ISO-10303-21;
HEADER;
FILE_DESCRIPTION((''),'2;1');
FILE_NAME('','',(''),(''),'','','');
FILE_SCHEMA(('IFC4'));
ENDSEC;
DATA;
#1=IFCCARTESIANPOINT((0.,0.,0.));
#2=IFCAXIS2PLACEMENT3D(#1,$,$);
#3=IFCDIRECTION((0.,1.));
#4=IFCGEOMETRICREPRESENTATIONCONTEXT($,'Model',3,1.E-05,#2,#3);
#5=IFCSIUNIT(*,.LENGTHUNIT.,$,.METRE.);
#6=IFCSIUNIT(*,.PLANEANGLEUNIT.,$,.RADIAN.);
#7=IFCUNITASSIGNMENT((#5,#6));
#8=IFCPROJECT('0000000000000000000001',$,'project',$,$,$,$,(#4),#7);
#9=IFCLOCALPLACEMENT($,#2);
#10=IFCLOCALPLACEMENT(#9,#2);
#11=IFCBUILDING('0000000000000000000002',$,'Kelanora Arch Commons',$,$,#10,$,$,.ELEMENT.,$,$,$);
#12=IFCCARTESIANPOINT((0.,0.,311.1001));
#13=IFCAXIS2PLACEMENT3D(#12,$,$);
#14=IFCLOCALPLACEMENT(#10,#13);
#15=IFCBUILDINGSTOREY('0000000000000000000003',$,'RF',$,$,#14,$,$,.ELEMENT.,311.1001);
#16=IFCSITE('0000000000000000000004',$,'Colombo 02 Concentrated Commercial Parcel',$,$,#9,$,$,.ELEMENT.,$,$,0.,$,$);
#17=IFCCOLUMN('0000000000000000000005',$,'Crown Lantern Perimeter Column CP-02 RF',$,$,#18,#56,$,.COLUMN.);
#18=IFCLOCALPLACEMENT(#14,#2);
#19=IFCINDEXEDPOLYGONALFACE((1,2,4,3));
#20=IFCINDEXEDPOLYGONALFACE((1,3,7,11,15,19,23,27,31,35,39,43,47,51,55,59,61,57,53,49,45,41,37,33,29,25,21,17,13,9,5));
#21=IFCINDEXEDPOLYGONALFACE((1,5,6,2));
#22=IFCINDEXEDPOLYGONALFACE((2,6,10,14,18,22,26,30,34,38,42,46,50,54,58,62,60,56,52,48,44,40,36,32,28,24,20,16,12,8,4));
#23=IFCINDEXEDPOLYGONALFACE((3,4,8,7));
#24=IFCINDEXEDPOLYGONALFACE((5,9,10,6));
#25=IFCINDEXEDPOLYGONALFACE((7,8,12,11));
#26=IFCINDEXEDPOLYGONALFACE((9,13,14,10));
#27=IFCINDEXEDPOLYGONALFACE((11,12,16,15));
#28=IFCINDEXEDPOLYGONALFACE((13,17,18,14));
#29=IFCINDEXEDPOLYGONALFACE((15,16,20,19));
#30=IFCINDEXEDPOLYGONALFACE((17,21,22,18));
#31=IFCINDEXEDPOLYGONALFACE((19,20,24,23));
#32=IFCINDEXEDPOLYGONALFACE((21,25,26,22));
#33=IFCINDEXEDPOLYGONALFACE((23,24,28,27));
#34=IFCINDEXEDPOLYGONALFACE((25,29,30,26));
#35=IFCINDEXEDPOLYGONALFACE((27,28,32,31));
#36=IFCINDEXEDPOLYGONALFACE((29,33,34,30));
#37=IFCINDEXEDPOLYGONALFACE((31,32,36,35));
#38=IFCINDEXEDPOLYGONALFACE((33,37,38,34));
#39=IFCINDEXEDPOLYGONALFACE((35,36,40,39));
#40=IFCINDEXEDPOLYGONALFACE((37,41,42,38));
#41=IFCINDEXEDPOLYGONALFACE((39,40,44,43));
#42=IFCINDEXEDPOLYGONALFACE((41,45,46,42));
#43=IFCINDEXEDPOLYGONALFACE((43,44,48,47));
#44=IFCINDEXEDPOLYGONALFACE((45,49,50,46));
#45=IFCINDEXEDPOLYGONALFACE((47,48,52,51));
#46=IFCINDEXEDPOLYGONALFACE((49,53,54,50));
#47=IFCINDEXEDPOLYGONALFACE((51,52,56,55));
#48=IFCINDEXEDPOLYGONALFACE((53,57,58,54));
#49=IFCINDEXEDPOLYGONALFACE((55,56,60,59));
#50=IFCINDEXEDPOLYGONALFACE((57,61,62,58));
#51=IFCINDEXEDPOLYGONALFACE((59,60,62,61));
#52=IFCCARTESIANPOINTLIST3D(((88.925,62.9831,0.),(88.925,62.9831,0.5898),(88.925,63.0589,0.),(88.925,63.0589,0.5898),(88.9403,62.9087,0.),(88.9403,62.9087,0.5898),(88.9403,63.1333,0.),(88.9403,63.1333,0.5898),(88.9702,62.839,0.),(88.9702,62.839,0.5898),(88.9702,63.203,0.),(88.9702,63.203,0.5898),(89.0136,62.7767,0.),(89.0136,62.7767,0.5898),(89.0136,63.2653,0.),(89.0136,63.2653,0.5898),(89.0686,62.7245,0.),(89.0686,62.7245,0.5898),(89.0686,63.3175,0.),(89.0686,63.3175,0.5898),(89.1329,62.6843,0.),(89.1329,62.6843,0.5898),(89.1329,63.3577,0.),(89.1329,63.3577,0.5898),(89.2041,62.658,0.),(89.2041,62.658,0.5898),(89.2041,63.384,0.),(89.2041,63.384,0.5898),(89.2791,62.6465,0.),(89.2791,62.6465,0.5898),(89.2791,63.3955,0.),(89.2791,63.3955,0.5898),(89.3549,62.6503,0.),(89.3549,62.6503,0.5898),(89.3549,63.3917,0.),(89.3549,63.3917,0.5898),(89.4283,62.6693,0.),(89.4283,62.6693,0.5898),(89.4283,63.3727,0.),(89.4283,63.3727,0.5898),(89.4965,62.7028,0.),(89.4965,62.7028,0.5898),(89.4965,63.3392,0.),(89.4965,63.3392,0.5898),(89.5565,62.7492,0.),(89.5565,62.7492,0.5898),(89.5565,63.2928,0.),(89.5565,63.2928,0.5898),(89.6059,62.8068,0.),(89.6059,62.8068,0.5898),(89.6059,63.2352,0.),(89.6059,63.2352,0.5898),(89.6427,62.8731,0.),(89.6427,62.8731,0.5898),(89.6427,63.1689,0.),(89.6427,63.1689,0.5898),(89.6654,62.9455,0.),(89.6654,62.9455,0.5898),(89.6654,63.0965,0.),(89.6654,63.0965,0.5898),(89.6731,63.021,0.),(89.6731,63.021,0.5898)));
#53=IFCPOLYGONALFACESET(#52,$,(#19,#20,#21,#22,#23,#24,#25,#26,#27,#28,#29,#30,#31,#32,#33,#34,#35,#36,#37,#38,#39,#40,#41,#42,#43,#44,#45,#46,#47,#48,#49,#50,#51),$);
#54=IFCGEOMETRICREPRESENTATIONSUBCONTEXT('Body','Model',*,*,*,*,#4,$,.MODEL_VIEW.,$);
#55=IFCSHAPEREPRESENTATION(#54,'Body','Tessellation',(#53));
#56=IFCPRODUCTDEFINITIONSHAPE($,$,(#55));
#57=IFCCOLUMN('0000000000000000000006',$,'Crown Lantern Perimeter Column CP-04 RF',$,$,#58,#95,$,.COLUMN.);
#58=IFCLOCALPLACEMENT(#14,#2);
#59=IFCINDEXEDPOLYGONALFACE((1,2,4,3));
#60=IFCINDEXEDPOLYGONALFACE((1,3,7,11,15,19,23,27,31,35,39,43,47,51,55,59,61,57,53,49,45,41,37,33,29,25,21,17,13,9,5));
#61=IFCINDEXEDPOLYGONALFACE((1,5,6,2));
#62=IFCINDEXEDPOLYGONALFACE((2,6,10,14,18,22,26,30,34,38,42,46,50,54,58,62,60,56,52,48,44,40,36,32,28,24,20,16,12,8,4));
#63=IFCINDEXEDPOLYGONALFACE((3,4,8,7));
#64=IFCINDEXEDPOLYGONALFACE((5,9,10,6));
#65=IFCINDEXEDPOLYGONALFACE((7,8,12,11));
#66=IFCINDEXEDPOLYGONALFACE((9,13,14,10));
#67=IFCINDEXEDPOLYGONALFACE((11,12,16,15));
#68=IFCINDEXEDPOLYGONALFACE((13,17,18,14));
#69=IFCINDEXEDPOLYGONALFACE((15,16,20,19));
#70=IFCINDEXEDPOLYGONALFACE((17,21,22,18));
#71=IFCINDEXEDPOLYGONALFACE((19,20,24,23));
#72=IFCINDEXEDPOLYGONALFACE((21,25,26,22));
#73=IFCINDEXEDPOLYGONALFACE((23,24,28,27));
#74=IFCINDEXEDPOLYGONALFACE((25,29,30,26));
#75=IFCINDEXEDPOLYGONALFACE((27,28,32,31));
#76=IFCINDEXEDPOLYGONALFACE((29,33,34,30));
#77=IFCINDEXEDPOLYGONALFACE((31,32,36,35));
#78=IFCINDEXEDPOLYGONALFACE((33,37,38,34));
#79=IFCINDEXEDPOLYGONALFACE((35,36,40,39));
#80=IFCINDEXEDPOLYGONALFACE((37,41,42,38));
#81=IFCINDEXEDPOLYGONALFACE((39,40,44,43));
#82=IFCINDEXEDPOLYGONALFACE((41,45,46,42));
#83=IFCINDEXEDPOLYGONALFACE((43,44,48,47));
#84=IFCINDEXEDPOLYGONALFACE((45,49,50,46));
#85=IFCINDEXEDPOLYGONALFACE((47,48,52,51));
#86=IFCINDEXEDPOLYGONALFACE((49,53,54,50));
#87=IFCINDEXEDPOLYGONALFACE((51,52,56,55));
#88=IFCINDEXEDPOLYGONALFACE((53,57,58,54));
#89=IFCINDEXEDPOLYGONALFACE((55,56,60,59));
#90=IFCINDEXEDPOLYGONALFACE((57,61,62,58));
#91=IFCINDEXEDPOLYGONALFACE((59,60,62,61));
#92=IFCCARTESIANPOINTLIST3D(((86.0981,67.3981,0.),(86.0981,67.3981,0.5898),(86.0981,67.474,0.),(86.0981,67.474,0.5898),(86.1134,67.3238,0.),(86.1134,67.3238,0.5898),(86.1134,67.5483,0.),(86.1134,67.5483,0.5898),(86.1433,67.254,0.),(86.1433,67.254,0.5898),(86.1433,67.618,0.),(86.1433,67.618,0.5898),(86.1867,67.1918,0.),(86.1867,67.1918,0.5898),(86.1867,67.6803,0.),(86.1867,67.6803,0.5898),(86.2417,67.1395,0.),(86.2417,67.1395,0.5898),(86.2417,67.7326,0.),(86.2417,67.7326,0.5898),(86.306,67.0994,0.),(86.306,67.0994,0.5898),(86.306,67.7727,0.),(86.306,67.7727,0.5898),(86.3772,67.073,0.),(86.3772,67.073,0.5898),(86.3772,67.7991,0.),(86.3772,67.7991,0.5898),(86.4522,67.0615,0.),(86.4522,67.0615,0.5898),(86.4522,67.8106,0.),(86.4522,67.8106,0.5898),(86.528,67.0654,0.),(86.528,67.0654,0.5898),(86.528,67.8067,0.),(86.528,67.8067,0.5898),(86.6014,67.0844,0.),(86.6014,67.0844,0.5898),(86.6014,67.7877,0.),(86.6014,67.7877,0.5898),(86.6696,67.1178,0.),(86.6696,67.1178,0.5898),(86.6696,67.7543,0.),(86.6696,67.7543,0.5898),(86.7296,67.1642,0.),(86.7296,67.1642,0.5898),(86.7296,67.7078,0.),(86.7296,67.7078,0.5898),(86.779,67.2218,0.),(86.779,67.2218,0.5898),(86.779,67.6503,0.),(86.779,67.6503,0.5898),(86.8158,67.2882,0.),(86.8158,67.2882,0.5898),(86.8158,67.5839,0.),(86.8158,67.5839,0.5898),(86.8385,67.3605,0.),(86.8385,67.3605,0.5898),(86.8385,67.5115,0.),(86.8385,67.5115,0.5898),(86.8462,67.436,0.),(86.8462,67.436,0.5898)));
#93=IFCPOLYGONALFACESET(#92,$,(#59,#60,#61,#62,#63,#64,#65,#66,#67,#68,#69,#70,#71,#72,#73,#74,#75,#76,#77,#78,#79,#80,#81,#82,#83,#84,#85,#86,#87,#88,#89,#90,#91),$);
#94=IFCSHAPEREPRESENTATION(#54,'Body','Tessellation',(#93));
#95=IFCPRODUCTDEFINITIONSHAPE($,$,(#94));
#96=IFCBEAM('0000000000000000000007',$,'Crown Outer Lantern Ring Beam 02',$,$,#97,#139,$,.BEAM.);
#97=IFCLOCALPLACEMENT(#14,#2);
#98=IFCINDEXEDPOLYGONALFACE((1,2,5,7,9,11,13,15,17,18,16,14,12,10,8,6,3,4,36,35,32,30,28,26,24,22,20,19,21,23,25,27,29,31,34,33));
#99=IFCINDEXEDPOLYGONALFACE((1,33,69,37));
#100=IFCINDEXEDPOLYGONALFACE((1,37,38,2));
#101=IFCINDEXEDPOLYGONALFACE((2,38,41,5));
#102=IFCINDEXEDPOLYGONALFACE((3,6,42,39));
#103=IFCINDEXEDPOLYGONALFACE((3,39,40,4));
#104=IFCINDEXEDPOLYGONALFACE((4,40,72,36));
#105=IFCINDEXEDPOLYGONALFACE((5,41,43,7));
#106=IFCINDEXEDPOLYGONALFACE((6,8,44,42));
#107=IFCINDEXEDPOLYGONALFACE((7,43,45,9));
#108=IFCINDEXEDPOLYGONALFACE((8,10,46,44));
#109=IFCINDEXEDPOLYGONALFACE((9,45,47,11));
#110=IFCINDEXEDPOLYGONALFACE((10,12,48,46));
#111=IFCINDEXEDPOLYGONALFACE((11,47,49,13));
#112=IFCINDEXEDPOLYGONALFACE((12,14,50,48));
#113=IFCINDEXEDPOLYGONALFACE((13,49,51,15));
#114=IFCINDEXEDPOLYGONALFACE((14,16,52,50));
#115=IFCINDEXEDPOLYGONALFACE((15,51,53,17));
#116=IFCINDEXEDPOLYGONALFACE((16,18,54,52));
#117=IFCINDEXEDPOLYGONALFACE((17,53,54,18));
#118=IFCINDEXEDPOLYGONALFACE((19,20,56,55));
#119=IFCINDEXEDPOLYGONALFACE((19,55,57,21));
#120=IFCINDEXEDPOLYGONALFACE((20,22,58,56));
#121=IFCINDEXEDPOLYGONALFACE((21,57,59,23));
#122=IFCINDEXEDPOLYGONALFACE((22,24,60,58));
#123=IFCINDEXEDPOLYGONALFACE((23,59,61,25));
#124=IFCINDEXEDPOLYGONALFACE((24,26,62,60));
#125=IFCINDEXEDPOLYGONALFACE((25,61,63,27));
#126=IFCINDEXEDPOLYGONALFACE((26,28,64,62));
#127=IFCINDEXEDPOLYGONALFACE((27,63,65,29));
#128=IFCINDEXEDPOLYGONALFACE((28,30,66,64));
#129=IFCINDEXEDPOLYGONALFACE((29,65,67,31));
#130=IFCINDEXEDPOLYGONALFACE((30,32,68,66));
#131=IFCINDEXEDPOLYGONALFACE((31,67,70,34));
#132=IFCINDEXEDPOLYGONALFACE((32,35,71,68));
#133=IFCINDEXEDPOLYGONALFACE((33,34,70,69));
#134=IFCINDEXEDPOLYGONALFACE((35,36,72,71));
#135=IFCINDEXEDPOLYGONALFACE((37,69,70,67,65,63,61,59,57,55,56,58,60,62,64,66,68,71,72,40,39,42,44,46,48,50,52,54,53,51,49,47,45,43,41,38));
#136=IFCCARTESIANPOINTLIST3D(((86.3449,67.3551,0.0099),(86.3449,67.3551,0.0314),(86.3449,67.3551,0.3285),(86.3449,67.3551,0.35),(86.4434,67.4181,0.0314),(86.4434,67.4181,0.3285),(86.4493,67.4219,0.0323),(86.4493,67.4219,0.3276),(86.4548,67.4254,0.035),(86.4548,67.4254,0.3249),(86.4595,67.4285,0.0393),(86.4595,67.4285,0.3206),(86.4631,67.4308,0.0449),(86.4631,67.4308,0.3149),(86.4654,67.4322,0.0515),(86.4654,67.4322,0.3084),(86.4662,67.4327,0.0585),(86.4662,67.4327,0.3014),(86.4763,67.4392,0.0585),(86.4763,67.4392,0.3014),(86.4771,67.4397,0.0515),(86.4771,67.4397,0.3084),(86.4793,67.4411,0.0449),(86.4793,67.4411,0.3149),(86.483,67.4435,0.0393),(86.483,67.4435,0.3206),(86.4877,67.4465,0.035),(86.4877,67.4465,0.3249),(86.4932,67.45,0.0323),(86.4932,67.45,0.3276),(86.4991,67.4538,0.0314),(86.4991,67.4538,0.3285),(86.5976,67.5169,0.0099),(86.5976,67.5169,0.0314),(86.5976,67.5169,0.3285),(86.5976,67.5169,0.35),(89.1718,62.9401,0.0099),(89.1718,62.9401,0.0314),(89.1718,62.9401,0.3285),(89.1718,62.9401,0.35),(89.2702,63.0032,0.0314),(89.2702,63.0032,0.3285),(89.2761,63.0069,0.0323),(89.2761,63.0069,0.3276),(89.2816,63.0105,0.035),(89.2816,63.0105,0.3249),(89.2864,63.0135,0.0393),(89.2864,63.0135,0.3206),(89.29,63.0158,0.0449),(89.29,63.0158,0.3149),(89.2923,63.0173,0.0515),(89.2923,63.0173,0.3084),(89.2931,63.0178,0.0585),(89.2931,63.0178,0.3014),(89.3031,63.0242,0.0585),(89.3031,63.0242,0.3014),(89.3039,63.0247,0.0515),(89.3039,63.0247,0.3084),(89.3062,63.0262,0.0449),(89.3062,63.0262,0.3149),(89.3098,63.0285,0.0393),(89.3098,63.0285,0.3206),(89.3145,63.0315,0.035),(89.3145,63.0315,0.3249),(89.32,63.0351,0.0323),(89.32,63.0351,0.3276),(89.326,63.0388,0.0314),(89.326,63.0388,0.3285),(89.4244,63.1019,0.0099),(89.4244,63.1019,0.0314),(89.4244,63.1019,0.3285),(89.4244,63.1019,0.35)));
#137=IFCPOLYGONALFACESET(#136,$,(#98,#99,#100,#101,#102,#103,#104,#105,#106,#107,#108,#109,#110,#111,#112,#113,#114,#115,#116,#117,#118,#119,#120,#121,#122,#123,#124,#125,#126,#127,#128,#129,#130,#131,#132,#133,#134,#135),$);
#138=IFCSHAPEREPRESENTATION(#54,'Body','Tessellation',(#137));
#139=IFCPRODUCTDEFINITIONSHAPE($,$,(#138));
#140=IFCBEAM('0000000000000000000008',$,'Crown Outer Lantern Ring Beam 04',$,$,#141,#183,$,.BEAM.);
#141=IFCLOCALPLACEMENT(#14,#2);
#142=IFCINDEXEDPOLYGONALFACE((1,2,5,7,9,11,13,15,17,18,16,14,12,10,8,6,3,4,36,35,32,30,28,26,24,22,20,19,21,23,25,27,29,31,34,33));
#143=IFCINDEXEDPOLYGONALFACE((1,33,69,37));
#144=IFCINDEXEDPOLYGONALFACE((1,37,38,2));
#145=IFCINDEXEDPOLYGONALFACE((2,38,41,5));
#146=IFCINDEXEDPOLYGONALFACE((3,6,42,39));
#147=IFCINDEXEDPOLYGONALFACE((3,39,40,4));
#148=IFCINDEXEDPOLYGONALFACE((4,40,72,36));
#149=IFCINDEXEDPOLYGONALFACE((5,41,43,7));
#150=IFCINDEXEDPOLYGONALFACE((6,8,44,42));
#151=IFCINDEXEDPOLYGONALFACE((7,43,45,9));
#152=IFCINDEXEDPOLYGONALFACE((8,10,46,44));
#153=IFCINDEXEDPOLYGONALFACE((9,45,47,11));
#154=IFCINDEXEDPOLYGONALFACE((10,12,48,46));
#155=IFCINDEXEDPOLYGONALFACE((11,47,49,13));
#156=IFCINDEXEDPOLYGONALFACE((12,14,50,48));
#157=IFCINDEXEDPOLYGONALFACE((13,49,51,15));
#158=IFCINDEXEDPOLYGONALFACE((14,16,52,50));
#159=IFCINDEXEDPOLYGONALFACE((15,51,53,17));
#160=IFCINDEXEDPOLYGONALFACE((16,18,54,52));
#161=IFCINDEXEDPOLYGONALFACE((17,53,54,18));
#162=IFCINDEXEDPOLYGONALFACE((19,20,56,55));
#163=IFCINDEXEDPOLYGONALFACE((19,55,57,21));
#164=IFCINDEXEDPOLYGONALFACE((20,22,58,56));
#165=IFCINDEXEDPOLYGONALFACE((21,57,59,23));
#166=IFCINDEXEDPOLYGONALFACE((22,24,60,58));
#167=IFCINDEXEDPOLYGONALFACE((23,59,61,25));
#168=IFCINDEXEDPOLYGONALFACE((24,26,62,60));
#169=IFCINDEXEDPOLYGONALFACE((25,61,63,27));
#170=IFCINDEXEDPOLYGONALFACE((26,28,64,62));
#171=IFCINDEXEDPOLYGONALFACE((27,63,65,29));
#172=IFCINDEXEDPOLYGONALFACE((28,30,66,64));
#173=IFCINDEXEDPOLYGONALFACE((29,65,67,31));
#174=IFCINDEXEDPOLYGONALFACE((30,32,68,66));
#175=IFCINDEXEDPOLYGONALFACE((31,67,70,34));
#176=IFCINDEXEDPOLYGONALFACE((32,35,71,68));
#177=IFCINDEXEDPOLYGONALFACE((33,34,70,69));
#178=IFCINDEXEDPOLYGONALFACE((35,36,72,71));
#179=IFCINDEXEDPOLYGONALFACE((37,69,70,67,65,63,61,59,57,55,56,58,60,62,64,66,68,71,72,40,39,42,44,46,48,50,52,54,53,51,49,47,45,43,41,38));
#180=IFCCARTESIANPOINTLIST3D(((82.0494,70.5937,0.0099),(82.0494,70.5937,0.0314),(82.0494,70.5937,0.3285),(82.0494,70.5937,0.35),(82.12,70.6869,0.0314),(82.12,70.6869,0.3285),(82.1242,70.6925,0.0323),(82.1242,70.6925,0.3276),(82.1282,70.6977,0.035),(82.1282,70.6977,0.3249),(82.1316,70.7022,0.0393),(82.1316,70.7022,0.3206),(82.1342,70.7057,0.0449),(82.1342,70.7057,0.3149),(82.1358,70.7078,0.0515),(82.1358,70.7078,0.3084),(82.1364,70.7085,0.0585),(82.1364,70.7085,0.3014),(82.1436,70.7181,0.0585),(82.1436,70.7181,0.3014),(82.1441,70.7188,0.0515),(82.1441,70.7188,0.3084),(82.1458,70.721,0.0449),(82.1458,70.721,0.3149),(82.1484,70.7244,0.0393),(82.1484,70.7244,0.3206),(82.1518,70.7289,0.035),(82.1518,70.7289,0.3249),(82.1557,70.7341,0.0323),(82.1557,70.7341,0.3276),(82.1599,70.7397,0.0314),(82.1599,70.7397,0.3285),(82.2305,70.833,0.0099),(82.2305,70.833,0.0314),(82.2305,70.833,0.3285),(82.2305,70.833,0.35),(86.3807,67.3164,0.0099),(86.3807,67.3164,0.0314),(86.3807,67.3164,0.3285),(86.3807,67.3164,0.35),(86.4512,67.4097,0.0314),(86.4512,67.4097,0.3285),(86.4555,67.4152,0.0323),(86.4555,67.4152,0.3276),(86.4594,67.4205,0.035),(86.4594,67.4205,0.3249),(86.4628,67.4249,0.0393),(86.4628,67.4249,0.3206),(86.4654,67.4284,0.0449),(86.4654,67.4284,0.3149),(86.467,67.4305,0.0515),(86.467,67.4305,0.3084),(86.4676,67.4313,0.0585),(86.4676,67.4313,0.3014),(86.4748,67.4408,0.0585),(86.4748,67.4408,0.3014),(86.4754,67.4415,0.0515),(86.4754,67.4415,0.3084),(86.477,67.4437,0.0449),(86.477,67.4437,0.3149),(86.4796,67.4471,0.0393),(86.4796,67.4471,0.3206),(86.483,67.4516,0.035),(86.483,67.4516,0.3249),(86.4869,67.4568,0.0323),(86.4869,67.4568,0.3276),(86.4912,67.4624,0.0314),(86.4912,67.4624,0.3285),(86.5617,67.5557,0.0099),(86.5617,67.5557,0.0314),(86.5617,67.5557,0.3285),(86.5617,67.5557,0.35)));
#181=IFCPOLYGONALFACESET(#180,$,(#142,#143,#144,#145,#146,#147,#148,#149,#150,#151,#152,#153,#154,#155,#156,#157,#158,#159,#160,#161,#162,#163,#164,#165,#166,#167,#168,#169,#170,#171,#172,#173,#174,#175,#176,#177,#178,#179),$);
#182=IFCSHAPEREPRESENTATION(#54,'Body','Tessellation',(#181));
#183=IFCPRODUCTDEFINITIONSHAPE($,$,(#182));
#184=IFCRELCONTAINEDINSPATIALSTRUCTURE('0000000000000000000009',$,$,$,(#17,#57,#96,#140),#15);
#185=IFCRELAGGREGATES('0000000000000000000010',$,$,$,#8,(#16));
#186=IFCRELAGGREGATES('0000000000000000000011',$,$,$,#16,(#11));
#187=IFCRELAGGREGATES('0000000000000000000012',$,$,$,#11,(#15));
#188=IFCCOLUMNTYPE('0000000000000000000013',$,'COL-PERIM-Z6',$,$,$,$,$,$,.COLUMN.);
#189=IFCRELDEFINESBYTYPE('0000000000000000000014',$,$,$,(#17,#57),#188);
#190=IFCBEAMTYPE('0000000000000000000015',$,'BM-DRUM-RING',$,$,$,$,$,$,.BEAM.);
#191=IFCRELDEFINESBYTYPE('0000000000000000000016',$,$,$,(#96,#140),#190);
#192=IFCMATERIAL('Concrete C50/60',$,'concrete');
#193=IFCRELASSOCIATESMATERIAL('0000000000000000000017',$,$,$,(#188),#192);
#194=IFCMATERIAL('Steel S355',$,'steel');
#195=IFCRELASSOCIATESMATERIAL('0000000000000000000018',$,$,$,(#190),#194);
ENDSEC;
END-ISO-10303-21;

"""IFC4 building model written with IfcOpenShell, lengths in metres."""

from ifc_helpers import new_model, si_unit, direction, frame, origin, origin_2d, place, context, subcontext, project, spatial, circle, i_section, extrude, material, material_profile, profile_set, type_object, element, save


model = new_model("IFC4")

# Units and contexts
model_context = context("Model", 3, precision=1e-05, world=origin(), true_north=direction((0.0, 1.0)))
body_context = subcontext(model_context, "Body", "Model", "MODEL_VIEW")
ifc_project = project(units=[si_unit("LENGTHUNIT", "METRE"), si_unit("PLANEANGLEUNIT", "RADIAN")], contexts=[model_context])

# Site, building, storey
site_placement = place(None, origin())
site = spatial("IfcSite", under=ifc_project, at=site_placement, Name="Colombo 02 Concentrated Commercial Parcel", CompositionType="ELEMENT", RefElevation=0.0)
building_placement = place(site_placement, origin())
building = spatial("IfcBuilding", under=site, at=building_placement, Name="Kelanora Arch Commons", CompositionType="ELEMENT")
storey_placement = place(building_placement, frame((0.0, 0.0, 311.1001)))
storey = spatial("IfcBuildingStorey", under=building, at=storey_placement, Name="RF", CompositionType="ELEMENT", Elevation=311.1001)

# Columns
ifc_material_1 = material(Name="Concrete C50/60", Category="concrete")
ifc_material_profile_1 = material_profile(ifc_material_1, circle(Radius=0.375, at=origin_2d()), Name="RCC750")
ifc_profile_set_1 = profile_set([ifc_material_profile_1], Name="Concrete C50/60")
column_type = type_object("IfcColumnType", Name="COL-PERIM-Z6", PredefinedType="COLUMN", material=ifc_profile_set_1)
for number, where, z_axis, x_axis, name in (
    (1, (89.2981, 63.021, 0.0), (0.0, 0.0, 1.0), (1.0, 0.0, 0.0), "Crown Lantern Perimeter Column CP-02 RF"),
    (2, (86.4712, 67.436, 0.0), (0.0, 0.0, 1.0), (1.0, 0.0, 0.0), "Crown Lantern Perimeter Column CP-04 RF"),
):
    element("IfcColumn", number, at=place(storey_placement, frame(where, z_axis=z_axis, x_axis=x_axis)), inside=storey, type_object=column_type, Name=name, PredefinedType="COLUMN", context=body_context, shape_type="SweptSolid", body=[
        extrude(circle(Radius=0.375, at=origin_2d()), origin(), (0.0, 0.0, 1.0), 0.5898),
    ])

# Beams
ifc_material_2 = material(Name="Steel S355", Category="steel")
ifc_material_profile_2 = material_profile(ifc_material_2, i_section(OverallWidth=0.3, OverallDepth=0.3401, WebThickness=0.012, FlangeThickness=0.0215, FilletRadius=0.0271, at=origin_2d()), Name="HEB340")
ifc_profile_set_2 = profile_set([ifc_material_profile_2], Name="Steel S355")
beam_type = type_object("IfcBeamType", Name="BM-DRUM-RING", PredefinedType="BEAM", material=ifc_profile_set_2)
beam_1_placement = place(storey_placement, frame((89.2981, 63.021, 0.1799), z_axis=(-0.539227, 0.842161, 0.0), x_axis=(-0.842161, -0.539227, 0.0)))
element("IfcBeam", 3, at=beam_1_placement, inside=storey, type_object=beam_type, Name="Crown Outer Lantern Ring Beam 02", PredefinedType="BEAM", context=body_context, shape_type="SweptSolid", body=[
    extrude(i_section(OverallWidth=0.3, OverallDepth=0.3401, WebThickness=0.012, FlangeThickness=0.0215, FilletRadius=0.0271, at=origin_2d()), origin(), (0.0, 0.0, 1.0), 5.2424),
])
beam_2_placement = place(storey_placement, frame((86.4712, 67.436, 0.1799), z_axis=(-0.797441, 0.603396, 0.0), x_axis=(-0.603396, -0.797441, 0.0)))
element("IfcBeam", 4, at=beam_2_placement, inside=storey, type_object=beam_type, Name="Crown Outer Lantern Ring Beam 04", PredefinedType="BEAM", context=body_context, shape_type="SweptSolid", body=[
    extrude(i_section(OverallWidth=0.3, OverallDepth=0.3401, WebThickness=0.012, FlangeThickness=0.0215, FilletRadius=0.0271, at=origin_2d()), origin(), (0.0, 0.0, 1.0), 5.4314),
])

save(model, "model.ifc")
